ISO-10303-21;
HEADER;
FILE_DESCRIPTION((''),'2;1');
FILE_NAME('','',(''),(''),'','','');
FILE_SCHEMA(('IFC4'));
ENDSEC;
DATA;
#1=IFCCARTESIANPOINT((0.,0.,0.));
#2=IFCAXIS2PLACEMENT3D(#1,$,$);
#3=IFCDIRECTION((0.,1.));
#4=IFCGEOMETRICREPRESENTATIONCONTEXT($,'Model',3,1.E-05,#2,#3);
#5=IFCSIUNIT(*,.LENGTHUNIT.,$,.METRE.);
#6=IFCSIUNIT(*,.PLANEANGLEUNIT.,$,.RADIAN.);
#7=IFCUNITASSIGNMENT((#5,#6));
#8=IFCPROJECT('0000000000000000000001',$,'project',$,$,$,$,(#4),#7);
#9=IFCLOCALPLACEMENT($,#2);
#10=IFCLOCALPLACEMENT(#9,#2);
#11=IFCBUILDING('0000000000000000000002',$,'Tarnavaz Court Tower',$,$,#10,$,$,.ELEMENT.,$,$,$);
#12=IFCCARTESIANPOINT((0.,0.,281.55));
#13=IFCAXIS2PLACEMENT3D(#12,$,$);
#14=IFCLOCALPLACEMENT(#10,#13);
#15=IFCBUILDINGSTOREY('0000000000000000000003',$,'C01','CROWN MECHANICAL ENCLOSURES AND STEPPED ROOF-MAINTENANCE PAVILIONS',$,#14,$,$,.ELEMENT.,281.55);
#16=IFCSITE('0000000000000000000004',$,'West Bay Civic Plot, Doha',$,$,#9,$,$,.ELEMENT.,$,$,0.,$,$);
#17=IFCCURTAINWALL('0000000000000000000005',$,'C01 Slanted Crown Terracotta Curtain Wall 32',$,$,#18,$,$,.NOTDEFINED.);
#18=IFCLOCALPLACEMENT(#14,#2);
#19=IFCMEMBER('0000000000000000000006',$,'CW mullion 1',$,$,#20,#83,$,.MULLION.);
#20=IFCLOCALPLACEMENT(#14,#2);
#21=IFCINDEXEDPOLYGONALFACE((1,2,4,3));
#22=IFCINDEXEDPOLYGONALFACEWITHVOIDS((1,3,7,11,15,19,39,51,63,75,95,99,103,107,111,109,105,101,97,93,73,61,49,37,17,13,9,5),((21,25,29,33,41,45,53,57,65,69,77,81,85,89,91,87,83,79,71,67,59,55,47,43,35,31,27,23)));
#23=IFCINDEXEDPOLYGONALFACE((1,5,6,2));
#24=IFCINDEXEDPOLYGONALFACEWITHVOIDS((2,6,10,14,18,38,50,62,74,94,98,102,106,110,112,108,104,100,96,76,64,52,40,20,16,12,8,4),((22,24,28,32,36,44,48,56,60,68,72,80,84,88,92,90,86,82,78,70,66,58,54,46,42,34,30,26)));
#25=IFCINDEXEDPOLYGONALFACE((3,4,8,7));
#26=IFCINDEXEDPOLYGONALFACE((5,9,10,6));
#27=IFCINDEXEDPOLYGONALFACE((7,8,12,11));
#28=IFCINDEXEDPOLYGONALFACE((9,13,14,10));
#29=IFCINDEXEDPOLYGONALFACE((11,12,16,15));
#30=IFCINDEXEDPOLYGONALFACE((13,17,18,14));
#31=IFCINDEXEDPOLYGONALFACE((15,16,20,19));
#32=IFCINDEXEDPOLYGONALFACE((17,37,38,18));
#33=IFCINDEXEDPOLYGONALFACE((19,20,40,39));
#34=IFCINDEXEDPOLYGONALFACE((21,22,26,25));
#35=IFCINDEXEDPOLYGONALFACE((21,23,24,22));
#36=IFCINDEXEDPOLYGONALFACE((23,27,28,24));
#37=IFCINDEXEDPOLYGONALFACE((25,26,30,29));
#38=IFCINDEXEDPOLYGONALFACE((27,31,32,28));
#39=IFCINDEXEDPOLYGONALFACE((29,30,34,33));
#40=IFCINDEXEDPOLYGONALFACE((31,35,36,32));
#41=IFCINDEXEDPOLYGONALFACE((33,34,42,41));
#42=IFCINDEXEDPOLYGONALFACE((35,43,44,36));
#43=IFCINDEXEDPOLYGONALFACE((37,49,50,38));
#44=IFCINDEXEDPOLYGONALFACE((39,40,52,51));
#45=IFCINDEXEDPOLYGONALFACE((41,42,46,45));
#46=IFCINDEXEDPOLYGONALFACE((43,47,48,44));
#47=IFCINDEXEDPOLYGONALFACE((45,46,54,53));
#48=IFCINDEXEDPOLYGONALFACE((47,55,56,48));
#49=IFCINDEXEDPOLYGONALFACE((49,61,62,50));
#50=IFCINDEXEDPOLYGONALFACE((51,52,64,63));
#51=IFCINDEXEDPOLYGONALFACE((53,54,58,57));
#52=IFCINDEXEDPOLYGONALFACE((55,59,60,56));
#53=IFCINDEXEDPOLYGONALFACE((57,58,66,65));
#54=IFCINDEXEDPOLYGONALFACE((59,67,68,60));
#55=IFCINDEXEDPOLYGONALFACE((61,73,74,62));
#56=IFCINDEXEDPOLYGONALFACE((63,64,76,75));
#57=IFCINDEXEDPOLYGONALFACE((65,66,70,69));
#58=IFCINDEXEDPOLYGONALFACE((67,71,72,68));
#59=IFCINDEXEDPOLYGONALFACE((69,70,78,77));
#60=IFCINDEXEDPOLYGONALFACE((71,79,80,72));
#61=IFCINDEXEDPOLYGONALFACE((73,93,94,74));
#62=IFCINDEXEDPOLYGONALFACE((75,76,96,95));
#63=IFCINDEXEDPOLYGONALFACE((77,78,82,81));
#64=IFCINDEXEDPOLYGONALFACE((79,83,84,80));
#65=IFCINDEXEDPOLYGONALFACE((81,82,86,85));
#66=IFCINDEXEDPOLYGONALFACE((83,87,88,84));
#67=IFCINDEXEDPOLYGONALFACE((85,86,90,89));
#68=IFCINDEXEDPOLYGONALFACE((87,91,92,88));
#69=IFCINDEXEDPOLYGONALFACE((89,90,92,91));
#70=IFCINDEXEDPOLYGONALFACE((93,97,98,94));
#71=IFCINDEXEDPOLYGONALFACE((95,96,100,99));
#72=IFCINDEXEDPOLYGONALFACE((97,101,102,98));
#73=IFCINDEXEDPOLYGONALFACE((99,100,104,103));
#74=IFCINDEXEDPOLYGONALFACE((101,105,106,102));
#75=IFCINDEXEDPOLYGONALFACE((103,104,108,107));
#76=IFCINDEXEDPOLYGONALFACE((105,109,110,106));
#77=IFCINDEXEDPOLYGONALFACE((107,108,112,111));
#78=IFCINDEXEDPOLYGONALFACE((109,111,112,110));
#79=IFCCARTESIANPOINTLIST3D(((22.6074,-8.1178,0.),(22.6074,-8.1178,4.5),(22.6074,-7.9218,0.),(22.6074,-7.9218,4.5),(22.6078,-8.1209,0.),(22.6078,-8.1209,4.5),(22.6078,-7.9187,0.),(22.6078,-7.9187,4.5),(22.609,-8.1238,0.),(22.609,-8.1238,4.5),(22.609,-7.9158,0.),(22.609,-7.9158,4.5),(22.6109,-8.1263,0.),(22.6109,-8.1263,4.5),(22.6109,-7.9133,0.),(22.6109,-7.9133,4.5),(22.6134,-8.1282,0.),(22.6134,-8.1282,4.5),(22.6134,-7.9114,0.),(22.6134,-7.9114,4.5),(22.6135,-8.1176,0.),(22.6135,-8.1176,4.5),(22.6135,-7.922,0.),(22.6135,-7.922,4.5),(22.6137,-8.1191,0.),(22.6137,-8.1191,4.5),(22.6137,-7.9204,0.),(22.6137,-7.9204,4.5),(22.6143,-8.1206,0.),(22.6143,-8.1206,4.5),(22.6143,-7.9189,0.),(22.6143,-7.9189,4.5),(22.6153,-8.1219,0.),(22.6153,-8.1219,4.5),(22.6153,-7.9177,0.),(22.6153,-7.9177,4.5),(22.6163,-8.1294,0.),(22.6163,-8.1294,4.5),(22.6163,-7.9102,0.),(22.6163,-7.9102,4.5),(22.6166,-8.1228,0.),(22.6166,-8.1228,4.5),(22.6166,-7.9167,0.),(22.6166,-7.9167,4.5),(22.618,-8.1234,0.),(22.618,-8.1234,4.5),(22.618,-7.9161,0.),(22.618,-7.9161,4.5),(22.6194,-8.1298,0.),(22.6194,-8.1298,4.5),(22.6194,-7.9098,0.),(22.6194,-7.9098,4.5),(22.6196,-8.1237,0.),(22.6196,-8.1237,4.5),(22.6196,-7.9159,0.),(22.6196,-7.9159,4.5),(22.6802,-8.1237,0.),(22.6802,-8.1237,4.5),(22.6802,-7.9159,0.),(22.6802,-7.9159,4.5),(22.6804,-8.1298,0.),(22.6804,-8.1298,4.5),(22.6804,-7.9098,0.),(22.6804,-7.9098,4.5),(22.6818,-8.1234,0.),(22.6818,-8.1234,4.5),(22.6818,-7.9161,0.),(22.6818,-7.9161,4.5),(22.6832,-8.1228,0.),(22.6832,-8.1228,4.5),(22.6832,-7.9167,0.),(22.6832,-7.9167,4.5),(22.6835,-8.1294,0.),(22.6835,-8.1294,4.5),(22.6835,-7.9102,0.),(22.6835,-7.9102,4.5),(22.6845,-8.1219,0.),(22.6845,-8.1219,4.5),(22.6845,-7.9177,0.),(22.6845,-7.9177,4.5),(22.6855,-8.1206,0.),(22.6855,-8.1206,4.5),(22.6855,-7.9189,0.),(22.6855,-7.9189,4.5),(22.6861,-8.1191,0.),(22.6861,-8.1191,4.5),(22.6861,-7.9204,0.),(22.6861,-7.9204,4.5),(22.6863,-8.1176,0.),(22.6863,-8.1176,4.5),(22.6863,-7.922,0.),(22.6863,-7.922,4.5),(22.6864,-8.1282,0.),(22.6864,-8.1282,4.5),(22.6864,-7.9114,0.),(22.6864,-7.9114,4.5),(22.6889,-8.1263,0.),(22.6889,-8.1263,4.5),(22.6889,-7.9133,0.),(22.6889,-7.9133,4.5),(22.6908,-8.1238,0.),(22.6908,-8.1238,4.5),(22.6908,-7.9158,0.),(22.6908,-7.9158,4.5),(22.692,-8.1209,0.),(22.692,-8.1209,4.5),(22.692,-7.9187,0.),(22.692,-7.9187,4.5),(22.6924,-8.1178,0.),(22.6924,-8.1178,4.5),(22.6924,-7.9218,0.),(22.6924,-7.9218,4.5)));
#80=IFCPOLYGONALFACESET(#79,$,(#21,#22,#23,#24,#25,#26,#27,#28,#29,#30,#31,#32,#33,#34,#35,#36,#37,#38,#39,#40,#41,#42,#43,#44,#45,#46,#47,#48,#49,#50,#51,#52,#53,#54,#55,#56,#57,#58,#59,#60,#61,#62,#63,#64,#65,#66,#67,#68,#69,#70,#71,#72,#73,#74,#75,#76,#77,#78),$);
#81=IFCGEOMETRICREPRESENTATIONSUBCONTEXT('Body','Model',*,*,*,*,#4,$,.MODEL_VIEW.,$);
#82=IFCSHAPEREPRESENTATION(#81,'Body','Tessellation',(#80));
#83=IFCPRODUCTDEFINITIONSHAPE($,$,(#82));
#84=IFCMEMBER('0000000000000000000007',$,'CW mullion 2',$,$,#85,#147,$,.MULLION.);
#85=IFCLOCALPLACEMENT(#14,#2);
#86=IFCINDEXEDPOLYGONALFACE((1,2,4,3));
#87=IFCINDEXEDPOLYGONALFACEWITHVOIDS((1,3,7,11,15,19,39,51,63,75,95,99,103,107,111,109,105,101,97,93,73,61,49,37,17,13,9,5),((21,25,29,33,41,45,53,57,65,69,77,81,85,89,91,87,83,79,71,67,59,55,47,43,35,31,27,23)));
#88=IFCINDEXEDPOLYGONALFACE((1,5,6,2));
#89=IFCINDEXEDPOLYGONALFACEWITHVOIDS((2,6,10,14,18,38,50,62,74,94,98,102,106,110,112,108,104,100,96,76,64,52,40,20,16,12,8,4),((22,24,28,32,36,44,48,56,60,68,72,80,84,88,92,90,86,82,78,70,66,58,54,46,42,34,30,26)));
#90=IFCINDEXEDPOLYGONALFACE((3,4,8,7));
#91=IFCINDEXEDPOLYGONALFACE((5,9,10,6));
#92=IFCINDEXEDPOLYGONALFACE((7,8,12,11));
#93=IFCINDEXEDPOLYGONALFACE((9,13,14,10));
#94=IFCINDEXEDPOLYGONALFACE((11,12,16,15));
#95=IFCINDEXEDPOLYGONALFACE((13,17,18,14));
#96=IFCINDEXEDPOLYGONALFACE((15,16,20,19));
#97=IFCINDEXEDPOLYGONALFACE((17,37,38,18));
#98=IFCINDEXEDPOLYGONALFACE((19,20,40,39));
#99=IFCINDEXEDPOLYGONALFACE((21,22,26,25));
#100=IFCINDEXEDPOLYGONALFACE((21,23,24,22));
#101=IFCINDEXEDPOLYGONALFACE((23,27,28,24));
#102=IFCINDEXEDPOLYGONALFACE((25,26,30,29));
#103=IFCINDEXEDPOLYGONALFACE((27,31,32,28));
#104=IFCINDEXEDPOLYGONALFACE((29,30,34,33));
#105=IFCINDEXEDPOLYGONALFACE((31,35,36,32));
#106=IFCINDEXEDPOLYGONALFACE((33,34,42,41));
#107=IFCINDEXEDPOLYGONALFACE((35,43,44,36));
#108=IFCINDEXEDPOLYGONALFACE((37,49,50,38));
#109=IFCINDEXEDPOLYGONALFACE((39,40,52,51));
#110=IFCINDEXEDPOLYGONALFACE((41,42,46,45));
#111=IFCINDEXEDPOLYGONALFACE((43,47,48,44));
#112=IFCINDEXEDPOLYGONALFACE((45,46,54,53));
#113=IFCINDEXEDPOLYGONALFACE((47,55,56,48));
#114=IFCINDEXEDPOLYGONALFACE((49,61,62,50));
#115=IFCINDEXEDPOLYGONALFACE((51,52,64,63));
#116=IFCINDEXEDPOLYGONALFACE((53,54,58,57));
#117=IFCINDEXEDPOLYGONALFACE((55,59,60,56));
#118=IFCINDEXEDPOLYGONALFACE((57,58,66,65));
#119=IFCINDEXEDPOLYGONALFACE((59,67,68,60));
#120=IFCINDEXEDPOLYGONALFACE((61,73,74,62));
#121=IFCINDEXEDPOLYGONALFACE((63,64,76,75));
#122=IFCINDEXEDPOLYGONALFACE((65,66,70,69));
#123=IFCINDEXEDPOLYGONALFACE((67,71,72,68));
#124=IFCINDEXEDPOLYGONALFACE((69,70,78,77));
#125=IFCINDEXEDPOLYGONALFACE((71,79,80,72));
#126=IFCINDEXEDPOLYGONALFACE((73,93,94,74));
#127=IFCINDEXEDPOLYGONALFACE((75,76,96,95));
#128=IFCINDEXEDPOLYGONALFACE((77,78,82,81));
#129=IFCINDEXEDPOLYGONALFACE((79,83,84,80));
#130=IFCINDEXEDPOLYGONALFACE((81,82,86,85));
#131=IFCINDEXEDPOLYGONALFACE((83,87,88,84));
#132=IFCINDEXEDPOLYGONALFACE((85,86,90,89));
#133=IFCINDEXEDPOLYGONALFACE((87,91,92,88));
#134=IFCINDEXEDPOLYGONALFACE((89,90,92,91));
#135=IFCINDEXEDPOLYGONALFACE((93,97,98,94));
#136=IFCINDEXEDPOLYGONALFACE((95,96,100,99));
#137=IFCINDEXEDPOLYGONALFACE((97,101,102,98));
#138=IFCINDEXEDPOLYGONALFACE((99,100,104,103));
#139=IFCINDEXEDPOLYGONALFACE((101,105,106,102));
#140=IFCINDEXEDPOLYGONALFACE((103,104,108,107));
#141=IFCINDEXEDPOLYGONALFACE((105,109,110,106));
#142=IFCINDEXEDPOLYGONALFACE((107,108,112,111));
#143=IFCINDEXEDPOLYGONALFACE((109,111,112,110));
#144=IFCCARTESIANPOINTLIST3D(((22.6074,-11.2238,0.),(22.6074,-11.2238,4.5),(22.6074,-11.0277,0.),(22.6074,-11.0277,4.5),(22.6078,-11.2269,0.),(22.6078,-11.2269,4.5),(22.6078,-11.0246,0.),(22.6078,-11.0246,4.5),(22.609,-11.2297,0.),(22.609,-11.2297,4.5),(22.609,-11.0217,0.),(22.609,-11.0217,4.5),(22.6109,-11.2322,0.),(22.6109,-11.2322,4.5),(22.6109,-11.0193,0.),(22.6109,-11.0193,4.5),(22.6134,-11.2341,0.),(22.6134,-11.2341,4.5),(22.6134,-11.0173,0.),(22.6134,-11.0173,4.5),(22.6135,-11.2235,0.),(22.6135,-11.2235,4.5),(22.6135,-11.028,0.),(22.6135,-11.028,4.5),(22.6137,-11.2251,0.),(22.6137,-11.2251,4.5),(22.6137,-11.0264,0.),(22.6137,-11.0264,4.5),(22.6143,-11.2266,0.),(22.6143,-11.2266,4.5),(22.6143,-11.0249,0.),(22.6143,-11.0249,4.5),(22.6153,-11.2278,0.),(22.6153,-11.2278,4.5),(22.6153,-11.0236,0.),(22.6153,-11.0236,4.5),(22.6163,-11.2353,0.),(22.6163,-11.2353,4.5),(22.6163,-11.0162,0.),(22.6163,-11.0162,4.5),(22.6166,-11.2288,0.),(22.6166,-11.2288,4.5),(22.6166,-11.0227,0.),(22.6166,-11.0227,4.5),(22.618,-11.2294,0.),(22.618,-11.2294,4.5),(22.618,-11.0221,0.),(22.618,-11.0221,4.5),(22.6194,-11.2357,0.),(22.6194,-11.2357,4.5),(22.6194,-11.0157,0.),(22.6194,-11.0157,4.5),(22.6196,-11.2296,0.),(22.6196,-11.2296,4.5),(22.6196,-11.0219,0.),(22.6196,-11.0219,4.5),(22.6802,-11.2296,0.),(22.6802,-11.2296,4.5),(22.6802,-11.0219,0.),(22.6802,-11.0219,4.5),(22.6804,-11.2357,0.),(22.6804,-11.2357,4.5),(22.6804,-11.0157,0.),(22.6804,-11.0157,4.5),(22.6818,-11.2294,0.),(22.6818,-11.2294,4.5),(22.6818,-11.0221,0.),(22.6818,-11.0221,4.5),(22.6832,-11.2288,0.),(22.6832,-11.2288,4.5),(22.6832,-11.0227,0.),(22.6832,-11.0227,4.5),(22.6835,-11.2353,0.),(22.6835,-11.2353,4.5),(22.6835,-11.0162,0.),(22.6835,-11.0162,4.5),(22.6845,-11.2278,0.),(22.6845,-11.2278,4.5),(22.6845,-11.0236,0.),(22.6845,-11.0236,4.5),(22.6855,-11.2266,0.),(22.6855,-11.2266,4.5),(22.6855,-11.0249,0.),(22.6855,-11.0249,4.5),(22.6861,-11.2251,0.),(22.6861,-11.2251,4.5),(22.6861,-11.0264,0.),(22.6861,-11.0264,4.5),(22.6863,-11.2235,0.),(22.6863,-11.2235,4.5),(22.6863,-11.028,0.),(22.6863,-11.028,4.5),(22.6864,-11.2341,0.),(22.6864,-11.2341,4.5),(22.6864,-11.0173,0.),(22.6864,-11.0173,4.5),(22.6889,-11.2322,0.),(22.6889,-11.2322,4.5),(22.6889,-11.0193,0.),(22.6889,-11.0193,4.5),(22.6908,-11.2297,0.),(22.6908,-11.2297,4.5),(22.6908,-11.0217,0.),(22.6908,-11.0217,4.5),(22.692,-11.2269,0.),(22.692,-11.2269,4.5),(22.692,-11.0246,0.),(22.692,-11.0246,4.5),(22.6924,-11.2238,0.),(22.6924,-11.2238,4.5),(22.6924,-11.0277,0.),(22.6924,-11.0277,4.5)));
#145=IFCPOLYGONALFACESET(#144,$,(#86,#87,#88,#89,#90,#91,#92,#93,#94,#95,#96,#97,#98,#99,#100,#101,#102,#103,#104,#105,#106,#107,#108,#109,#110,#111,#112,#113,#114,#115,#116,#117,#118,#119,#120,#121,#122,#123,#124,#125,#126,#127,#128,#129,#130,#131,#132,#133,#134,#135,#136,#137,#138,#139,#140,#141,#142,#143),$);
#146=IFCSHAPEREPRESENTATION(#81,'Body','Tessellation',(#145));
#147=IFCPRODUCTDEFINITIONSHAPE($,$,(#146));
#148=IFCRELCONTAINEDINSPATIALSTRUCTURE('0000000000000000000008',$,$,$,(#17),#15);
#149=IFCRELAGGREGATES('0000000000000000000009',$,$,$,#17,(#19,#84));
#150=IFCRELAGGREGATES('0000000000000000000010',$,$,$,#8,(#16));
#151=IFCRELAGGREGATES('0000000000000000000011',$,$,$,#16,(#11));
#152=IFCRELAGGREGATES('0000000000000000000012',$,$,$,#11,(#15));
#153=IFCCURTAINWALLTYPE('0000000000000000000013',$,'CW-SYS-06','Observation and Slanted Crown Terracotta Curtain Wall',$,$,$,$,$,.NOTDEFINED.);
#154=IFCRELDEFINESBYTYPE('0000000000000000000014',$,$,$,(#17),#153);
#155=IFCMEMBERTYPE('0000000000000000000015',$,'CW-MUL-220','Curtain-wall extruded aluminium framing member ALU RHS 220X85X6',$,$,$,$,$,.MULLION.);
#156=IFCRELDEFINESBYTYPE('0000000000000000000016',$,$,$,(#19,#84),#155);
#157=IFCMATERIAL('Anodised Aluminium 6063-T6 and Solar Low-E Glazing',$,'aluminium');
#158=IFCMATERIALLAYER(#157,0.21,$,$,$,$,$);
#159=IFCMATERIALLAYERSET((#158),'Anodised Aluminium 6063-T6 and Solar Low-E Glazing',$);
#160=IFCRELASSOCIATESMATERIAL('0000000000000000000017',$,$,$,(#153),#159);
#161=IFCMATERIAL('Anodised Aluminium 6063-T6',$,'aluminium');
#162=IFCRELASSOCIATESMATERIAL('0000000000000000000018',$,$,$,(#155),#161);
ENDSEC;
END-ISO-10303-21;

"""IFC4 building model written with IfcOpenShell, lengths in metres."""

from ifc_helpers import new_model, si_unit, direction, frame, origin, origin_2d, place, context, subcontext, project, spatial, hollow_rectangle, extrude, material, layer, layer_set, material_profile, profile_set, type_object, element, aggregate, save


model = new_model("IFC4")

# Units and contexts
model_context = context("Model", 3, precision=1e-05, world=origin(), true_north=direction((0.0, 1.0)))
body_context = subcontext(model_context, "Body", "Model", "MODEL_VIEW")
ifc_project = project(units=[si_unit("LENGTHUNIT", "METRE"), si_unit("PLANEANGLEUNIT", "RADIAN")], contexts=[model_context])

# Site, building, storey
site_placement = place(None, origin())
site = spatial("IfcSite", under=ifc_project, at=site_placement, Name="West Bay Civic Plot, Doha", CompositionType="ELEMENT", RefElevation=0.0)
building_placement = place(site_placement, origin())
building = spatial("IfcBuilding", under=site, at=building_placement, Name="Tarnavaz Court Tower", CompositionType="ELEMENT")
storey_placement = place(building_placement, frame((0.0, 0.0, 281.55)))
storey = spatial("IfcBuildingStorey", under=building, at=storey_placement, Name="C01", Description="CROWN MECHANICAL ENCLOSURES AND STEPPED ROOF-MAINTENANCE PAVILIONS", CompositionType="ELEMENT", Elevation=281.55)

# Curtain wall, members
ifc_material_1 = material(Name="Anodised Aluminium 6063-T6 and Solar Low-E Glazing", Category="aluminium")
ifc_layer_1 = layer(ifc_material_1, 0.21)
ifc_layer_set_1 = layer_set([ifc_layer_1], Name="Anodised Aluminium 6063-T6 and Solar Low-E Glazing")
curtain_wall_type = type_object("IfcCurtainWallType", Name="CW-SYS-06", Description="Observation and Slanted Crown Terracotta Curtain Wall", PredefinedType="NOTDEFINED", material=ifc_layer_set_1)
ifc_material_2 = material(Name="Anodised Aluminium 6063-T6", Category="aluminium")
ifc_material_profile_1 = material_profile(ifc_material_2, hollow_rectangle(XDim=0.085, YDim=0.22, WallThickness=0.0061, InnerFilletRadius=0.0061, OuterFilletRadius=0.012, at=origin_2d()), Name="ALU RHS 220X85X6")
ifc_profile_set_1 = profile_set([ifc_material_profile_1], Name="Anodised Aluminium 6063-T6")
member_type_1 = type_object("IfcMemberType", Name="CW-MUL-220", Description="Curtain-wall extruded aluminium framing member ALU RHS 220X85X6", PredefinedType="MULLION", material=ifc_profile_set_1)
curtain_wall_1_placement = place(storey_placement, origin())
curtain_wall_1 = element("IfcCurtainWall", 1, at=curtain_wall_1_placement, inside=storey, type_object=curtain_wall_type, Name="C01 Slanted Crown Terracotta Curtain Wall 32", PredefinedType="NOTDEFINED")
member_1_placement = place(storey_placement, frame((22.6499, -8.0198, 0.0), z_axis=(0.0, 0.0, 1.0), x_axis=(1.0, 0.0, 0.0)))
member_1 = element("IfcMember", 2, at=member_1_placement, type_object=member_type_1, Name="CW mullion 1", PredefinedType="MULLION", context=body_context, shape_type="SweptSolid", body=[
    extrude(hollow_rectangle(XDim=0.085, YDim=0.22, WallThickness=0.0061, InnerFilletRadius=0.0061, OuterFilletRadius=0.012, at=origin_2d()), origin(), (0.0, 0.0, 1.0), 4.5),
])
member_2_placement = place(storey_placement, frame((22.6499, -11.1257, 0.0), z_axis=(0.0, 0.0, 1.0), x_axis=(1.0, 0.0, 0.0)))
member_2 = element("IfcMember", 3, at=member_2_placement, type_object=member_type_1, Name="CW mullion 2", PredefinedType="MULLION", context=body_context, shape_type="SweptSolid", body=[
    extrude(hollow_rectangle(XDim=0.085, YDim=0.22, WallThickness=0.0061, InnerFilletRadius=0.0061, OuterFilletRadius=0.012, at=origin_2d()), origin(), (0.0, 0.0, 1.0), 4.5),
])

aggregate(curtain_wall_1, [member_1, member_2])

save(model, "model.ifc")
